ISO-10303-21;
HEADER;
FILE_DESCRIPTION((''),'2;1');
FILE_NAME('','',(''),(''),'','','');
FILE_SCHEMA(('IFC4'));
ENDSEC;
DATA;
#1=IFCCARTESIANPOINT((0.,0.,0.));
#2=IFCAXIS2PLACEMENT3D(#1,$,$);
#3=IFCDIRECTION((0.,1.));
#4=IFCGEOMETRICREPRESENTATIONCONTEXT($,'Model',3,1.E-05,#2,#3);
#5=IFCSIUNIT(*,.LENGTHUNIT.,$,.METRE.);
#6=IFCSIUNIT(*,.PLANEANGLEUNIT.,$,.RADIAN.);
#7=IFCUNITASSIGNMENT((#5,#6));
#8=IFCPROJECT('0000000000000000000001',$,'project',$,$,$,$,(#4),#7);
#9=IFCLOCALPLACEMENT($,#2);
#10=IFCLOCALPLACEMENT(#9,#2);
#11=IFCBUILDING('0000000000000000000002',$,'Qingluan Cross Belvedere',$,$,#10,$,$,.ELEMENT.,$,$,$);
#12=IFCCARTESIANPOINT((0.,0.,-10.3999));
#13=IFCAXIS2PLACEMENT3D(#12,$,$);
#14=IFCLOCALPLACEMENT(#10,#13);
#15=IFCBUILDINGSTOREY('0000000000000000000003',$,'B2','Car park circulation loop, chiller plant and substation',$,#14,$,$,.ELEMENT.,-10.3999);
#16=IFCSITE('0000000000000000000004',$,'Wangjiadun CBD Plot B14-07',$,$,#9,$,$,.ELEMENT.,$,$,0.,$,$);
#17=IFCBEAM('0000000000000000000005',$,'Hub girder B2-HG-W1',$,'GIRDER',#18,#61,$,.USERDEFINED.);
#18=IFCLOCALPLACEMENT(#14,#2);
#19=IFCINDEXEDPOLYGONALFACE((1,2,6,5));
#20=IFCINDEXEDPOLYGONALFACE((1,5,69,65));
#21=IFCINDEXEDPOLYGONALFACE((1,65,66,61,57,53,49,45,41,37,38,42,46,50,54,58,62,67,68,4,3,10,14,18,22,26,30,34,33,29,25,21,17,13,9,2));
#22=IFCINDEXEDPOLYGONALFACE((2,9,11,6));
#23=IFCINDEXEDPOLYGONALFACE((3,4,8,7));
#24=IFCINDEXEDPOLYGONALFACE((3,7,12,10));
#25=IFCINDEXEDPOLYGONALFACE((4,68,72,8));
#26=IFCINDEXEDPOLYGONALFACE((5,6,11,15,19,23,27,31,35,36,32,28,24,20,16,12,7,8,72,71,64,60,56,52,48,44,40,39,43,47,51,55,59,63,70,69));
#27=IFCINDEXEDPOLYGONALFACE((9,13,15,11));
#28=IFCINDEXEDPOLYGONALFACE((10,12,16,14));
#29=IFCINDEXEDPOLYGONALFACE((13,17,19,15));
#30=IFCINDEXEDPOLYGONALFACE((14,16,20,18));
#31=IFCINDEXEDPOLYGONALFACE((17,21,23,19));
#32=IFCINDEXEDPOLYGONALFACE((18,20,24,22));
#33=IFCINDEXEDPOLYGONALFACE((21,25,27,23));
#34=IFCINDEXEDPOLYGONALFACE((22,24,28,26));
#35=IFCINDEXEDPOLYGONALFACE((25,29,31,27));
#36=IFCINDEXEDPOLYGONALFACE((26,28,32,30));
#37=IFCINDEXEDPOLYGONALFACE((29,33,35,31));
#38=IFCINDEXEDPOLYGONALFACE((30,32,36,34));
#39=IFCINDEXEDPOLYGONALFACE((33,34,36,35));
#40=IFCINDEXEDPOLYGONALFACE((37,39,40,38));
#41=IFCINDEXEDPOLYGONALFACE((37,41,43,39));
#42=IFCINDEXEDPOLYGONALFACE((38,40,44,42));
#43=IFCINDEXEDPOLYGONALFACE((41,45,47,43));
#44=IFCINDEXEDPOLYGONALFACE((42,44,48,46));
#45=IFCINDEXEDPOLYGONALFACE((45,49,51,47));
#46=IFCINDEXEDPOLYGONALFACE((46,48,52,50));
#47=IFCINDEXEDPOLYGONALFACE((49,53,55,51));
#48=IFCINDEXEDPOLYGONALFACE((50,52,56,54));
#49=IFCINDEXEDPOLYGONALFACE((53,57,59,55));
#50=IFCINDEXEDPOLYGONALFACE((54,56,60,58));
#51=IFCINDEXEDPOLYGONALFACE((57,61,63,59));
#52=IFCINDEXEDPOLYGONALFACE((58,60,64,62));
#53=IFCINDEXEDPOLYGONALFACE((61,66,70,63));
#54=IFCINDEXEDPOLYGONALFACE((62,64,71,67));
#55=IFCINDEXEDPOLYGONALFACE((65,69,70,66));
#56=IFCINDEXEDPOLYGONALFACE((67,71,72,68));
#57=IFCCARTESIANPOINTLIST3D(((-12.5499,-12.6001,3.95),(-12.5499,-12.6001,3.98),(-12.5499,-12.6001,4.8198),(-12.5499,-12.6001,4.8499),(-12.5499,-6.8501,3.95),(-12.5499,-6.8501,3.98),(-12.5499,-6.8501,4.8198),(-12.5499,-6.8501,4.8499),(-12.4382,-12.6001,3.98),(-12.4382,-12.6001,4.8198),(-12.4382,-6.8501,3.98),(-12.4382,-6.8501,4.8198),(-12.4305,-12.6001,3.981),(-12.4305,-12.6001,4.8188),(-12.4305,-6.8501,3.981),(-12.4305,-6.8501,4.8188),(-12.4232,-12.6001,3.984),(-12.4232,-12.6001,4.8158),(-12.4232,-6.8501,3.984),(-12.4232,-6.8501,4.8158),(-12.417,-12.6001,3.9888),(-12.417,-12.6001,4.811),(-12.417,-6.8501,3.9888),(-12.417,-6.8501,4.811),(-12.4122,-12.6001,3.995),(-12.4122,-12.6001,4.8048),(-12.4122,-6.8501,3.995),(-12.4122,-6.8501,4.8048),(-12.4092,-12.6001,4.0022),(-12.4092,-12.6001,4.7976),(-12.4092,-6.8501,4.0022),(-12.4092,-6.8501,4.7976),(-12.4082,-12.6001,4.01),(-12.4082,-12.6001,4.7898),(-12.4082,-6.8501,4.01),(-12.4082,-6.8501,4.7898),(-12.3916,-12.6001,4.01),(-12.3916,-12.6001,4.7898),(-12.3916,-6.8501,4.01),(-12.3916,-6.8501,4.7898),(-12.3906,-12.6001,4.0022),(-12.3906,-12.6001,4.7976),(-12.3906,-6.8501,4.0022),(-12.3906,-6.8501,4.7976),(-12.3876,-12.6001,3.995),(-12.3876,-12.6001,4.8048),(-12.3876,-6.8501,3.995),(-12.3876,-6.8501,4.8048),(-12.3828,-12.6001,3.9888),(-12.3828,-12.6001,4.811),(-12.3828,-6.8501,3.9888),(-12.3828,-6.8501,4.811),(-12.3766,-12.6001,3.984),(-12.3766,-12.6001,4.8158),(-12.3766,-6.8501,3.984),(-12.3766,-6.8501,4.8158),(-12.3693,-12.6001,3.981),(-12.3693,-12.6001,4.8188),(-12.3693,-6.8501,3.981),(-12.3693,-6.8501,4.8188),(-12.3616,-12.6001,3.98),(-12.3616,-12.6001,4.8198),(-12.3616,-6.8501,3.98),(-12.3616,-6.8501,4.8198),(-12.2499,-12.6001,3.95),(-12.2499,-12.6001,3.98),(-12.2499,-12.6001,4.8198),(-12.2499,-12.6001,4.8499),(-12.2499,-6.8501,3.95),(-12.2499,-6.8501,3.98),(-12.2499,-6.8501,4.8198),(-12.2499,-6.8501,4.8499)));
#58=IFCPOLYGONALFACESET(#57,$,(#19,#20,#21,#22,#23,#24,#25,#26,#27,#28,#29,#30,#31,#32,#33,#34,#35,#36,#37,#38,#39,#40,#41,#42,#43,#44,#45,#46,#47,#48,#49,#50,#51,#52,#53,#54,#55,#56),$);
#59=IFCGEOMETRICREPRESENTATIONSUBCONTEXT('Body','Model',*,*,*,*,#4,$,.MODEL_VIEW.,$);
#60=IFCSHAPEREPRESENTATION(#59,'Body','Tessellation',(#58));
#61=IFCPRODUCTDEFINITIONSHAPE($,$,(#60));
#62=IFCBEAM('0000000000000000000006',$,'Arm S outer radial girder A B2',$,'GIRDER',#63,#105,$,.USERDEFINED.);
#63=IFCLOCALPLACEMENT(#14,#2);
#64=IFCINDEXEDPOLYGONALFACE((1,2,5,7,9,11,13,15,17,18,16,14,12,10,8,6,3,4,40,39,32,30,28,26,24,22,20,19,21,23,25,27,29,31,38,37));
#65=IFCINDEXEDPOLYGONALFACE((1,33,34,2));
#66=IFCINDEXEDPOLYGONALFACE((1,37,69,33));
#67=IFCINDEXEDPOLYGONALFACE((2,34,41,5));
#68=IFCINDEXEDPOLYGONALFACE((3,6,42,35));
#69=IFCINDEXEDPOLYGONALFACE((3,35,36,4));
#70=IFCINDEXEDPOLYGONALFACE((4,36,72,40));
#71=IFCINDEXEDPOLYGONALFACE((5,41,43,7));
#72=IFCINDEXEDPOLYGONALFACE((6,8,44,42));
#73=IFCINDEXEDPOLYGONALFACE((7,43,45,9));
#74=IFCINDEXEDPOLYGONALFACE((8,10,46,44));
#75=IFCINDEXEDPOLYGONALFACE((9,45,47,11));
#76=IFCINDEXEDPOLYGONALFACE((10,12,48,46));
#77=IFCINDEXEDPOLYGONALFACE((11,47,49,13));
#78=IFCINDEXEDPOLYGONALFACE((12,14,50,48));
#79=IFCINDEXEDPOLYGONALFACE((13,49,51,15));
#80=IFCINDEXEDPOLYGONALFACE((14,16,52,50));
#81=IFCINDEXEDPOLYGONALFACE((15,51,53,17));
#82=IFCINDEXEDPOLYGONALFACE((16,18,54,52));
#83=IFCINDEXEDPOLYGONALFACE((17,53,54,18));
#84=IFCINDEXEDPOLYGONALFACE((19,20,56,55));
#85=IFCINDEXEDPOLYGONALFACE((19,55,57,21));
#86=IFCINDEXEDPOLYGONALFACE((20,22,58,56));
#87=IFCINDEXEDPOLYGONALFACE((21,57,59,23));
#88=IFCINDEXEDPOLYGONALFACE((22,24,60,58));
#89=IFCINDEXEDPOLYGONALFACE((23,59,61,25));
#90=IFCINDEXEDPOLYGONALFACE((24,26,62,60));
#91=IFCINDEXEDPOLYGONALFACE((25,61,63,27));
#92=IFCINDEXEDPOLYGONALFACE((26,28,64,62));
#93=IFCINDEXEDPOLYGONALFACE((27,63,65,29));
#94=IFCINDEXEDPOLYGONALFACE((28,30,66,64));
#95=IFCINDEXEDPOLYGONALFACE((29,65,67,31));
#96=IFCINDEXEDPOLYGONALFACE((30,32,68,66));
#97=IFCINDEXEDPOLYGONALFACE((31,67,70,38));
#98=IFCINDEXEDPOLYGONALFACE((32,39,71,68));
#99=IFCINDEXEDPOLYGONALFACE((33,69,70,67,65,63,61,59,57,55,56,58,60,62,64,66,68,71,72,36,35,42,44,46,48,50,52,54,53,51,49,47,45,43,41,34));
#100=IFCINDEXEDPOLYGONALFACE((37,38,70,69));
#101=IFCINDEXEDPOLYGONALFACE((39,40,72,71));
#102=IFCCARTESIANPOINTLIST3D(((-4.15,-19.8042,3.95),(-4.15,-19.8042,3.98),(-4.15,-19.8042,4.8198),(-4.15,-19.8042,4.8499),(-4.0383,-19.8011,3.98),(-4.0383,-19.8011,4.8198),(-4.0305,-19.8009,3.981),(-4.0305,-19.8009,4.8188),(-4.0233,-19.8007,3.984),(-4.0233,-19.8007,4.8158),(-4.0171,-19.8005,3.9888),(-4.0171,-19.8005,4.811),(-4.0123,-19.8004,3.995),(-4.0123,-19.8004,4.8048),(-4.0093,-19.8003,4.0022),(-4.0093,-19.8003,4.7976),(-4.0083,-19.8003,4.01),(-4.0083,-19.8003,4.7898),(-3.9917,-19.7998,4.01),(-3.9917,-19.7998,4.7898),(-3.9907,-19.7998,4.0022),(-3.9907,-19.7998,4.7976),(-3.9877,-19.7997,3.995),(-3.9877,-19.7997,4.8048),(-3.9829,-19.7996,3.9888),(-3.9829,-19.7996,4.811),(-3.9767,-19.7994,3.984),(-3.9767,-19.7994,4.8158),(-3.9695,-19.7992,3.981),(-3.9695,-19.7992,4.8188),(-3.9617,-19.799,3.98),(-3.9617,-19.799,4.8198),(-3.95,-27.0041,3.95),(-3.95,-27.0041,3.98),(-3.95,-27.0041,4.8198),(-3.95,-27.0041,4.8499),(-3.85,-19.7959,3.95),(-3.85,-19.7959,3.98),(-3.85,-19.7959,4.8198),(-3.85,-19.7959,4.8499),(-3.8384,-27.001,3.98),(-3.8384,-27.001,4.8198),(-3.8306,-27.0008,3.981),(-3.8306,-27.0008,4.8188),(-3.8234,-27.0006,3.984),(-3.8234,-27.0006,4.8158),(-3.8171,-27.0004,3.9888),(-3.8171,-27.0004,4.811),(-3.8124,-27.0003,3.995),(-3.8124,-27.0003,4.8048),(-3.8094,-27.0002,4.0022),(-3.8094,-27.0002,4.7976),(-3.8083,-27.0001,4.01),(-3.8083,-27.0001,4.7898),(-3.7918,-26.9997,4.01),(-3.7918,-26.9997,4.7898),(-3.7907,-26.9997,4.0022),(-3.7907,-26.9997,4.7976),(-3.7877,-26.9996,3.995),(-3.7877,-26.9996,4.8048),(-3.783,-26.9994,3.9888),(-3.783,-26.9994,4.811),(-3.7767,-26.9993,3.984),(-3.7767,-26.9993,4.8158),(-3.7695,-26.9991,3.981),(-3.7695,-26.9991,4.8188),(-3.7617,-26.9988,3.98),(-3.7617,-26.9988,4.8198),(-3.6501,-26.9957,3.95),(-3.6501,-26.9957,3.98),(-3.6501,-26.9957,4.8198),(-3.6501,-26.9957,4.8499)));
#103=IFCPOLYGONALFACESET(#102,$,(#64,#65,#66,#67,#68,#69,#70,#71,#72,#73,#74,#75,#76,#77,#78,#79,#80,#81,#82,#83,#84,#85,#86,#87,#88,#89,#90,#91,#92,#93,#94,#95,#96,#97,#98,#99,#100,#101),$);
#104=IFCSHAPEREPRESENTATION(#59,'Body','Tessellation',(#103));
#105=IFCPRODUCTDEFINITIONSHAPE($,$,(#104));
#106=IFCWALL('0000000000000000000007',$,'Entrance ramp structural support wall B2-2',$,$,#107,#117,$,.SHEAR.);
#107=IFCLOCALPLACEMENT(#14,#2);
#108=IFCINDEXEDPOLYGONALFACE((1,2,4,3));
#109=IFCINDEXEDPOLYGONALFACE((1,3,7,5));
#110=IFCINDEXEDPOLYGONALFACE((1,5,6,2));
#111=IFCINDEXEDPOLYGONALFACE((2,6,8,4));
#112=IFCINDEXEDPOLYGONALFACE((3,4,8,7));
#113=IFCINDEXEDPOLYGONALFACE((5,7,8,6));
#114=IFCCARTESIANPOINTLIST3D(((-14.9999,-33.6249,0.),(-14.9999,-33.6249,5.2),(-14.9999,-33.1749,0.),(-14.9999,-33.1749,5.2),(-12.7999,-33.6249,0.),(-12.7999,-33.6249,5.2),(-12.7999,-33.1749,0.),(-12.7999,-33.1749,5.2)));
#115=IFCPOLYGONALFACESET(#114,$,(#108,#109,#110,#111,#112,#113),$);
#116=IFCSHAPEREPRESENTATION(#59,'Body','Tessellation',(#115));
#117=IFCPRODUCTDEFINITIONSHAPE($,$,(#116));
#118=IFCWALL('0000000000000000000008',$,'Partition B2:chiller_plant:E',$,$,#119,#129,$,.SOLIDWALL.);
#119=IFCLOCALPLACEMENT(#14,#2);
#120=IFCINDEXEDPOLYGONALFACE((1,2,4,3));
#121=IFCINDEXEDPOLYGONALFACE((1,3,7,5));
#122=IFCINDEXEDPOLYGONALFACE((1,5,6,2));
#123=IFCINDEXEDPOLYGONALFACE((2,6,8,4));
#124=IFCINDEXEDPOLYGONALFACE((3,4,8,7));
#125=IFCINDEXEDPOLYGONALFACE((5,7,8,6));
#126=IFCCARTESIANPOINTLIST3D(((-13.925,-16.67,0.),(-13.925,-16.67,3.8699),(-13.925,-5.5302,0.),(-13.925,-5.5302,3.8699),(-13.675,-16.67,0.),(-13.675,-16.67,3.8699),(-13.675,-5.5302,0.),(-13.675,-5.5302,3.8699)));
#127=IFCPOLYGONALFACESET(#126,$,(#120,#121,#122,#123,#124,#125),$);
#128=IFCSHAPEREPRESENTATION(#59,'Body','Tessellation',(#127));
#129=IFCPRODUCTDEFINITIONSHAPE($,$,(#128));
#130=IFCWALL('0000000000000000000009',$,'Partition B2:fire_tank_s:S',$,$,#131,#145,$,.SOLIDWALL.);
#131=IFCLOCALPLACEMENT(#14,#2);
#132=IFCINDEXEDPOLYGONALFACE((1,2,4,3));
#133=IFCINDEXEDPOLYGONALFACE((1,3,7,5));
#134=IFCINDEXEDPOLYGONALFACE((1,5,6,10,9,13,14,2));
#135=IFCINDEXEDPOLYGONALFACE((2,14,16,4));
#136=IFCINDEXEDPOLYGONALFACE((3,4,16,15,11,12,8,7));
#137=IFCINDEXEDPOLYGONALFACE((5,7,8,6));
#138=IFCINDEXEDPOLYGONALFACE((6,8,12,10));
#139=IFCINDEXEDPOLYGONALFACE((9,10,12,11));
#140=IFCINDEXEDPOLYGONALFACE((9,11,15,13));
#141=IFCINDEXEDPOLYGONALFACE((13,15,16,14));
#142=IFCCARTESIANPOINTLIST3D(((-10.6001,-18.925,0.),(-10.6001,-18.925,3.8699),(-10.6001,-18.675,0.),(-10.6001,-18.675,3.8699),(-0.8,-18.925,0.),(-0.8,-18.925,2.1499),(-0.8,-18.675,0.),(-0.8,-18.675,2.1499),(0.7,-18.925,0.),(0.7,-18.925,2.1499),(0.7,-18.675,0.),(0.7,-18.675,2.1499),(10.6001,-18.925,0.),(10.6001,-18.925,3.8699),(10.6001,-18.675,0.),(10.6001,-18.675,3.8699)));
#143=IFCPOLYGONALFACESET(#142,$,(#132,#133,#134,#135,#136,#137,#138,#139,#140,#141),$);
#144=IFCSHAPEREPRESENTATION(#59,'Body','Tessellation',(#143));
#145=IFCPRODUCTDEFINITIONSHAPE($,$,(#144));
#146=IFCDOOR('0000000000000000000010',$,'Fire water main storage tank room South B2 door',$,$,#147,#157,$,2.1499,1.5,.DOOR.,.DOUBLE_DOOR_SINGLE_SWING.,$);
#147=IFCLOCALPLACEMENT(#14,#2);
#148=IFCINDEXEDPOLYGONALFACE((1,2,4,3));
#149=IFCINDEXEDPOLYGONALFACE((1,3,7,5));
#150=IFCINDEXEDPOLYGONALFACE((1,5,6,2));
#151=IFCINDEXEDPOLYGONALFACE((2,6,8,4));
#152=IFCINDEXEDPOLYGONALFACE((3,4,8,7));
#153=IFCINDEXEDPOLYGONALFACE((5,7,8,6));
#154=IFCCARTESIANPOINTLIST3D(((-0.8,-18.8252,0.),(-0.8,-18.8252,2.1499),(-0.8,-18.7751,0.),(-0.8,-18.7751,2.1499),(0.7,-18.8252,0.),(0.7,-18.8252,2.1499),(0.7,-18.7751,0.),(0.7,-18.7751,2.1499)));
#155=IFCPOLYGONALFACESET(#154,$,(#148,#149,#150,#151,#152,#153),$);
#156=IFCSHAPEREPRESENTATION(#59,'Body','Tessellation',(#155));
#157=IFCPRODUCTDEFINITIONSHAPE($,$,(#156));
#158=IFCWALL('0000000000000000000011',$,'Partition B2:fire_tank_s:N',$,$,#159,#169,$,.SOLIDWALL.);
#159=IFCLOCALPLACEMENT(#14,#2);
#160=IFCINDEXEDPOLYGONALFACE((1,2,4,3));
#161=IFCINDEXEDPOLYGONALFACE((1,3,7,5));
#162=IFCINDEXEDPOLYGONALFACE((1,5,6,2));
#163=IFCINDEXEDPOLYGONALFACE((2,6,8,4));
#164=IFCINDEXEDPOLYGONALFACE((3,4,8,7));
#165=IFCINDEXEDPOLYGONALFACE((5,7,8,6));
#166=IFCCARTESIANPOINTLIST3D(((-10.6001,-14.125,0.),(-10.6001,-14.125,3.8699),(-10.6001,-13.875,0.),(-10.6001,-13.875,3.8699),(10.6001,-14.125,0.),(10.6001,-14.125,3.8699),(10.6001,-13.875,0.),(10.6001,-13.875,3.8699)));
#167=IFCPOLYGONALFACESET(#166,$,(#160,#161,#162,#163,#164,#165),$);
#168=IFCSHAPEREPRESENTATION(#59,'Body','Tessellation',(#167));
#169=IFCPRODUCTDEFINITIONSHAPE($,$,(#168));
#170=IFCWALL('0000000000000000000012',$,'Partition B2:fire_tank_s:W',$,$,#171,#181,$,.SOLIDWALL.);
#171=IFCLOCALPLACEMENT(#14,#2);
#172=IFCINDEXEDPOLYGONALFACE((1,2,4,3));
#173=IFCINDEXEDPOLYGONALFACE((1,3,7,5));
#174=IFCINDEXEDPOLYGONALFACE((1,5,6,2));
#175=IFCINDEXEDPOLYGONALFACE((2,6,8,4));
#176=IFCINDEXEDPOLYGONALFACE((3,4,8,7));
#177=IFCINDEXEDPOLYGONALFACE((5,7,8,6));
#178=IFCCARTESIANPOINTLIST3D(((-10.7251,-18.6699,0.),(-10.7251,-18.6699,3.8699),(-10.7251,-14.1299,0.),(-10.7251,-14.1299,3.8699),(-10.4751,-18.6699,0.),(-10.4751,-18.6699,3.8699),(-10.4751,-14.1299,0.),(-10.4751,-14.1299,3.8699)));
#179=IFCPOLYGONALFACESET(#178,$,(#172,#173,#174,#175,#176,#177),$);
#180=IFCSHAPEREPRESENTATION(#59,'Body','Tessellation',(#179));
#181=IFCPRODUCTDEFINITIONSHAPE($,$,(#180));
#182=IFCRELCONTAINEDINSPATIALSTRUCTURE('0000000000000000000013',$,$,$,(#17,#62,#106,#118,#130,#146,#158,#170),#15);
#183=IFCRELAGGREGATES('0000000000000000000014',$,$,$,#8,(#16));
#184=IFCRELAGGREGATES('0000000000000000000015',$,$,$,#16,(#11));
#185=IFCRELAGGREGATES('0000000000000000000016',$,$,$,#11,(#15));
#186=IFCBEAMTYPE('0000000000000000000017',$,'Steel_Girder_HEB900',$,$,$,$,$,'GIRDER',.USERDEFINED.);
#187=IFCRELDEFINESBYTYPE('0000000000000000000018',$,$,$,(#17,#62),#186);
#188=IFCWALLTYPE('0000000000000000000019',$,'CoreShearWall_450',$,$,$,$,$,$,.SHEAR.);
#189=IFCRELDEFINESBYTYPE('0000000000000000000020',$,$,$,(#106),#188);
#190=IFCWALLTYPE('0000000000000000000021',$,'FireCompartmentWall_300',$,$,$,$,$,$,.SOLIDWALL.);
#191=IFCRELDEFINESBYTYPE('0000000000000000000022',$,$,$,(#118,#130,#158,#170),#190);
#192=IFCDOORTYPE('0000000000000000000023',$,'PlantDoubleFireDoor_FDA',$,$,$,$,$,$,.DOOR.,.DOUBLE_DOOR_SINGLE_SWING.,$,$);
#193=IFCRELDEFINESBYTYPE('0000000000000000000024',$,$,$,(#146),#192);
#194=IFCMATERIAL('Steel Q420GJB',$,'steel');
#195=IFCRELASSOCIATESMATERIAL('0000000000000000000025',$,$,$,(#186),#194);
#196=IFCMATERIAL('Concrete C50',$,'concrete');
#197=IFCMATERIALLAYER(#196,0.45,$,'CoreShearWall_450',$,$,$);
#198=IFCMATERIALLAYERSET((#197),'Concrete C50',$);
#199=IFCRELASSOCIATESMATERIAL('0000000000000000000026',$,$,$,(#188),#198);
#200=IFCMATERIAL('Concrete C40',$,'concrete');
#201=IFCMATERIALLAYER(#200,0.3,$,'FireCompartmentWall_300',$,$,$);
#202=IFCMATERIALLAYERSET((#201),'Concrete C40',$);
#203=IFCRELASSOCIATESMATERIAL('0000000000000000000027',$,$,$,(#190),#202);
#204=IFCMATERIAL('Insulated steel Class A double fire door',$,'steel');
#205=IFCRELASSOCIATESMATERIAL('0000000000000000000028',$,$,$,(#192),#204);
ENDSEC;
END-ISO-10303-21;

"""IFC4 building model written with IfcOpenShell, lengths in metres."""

from ifc_helpers import new_model, si_unit, direction, frame, frame_2d, origin, origin_2d, place, context, subcontext, project, spatial, rectangle, i_section, extrude, material, layer, layer_set, material_profile, profile_set, type_object, element, fill, save


model = new_model("IFC4")

# Units and contexts
model_context = context("Model", 3, precision=1e-05, world=origin(), true_north=direction((0.0, 1.0)))
body_context = subcontext(model_context, "Body", "Model", "MODEL_VIEW")
ifc_project = project(units=[si_unit("LENGTHUNIT", "METRE"), si_unit("PLANEANGLEUNIT", "RADIAN")], contexts=[model_context])

# Site, building, storey
site_placement = place(None, origin())
site = spatial("IfcSite", under=ifc_project, at=site_placement, Name="Wangjiadun CBD Plot B14-07", CompositionType="ELEMENT", RefElevation=0.0)
building_placement = place(site_placement, origin())
building = spatial("IfcBuilding", under=site, at=building_placement, Name="Qingluan Cross Belvedere", CompositionType="ELEMENT")
storey_placement = place(building_placement, frame((0.0, 0.0, -10.3999)))
storey = spatial("IfcBuildingStorey", under=building, at=storey_placement, Name="B2", Description="Car park circulation loop, chiller plant and substation", CompositionType="ELEMENT", Elevation=-10.3999)

# Beams
ifc_material_1 = material(Name="Steel Q420GJB", Category="steel")
ifc_material_profile_1 = material_profile(ifc_material_1, i_section(OverallWidth=0.3, OverallDepth=0.8999, WebThickness=0.0166, FlangeThickness=0.03, FilletRadius=0.03, at=origin_2d()), Name="HEB900")
ifc_profile_set_1 = profile_set([ifc_material_profile_1], Name="Steel Q420GJB")
beam_type_1 = type_object("IfcBeamType", Name="Steel_Girder_HEB900", ElementType="GIRDER", PredefinedType="USERDEFINED", material=ifc_profile_set_1)
beam_1_placement = place(storey_placement, frame((-12.3999, -12.6001, 4.3999), z_axis=(0.0, 1.0, 0.0), x_axis=(-1.0, 0.0, 0.0)))
element("IfcBeam", 1, at=beam_1_placement, inside=storey, type_object=beam_type_1, Name="Hub girder B2-HG-W1", ObjectType="GIRDER", PredefinedType="USERDEFINED", context=body_context, shape_type="SweptSolid", body=[
    extrude(i_section(OverallWidth=0.3, OverallDepth=0.8999, WebThickness=0.0166, FlangeThickness=0.03, FilletRadius=0.03, at=origin_2d()), origin(), (0.0, 0.0, 1.0), 5.75),
])
beam_2_placement = place(storey_placement, frame((-4.0, -19.8, 4.3999), z_axis=(0.02776, -0.999615, 0.0), x_axis=(0.999615, 0.02776, 0.0)))
element("IfcBeam", 2, at=beam_2_placement, inside=storey, type_object=beam_type_1, Name="Arm S outer radial girder A B2", ObjectType="GIRDER", PredefinedType="USERDEFINED", context=body_context, shape_type="SweptSolid", body=[
    extrude(i_section(OverallWidth=0.3, OverallDepth=0.8999, WebThickness=0.0166, FlangeThickness=0.03, FilletRadius=0.03, at=origin_2d()), origin(), (0.0, 0.0, 1.0), 7.2026),
])

# Walls
ifc_material_2 = material(Name="Concrete C50", Category="concrete")
ifc_layer_1 = layer(ifc_material_2, 0.45, Name="CoreShearWall_450")
ifc_layer_set_1 = layer_set([ifc_layer_1], Name="Concrete C50")
wall_type_1 = type_object("IfcWallType", Name="CoreShearWall_450", PredefinedType="SHEAR", material=ifc_layer_set_1)
wall_1_placement = place(storey_placement, frame((-15.0, -33.3999, 0.0), z_axis=(0.0, 0.0, 1.0), x_axis=(1.0, 0.0, 0.0)))
element("IfcWall", 3, at=wall_1_placement, inside=storey, type_object=wall_type_1, Name="Entrance ramp structural support wall B2-2", PredefinedType="SHEAR", context=body_context, shape_type="SweptSolid", body=[
    extrude(rectangle(XDim=2.2, YDim=0.45, at=frame_2d((1.1001, 0.0))), origin(), (0.0, 0.0, 1.0), 5.2),
])
ifc_material_3 = material(Name="Concrete C40", Category="concrete")
ifc_layer_2 = layer(ifc_material_3, 0.3, Name="FireCompartmentWall_300")
ifc_layer_set_2 = layer_set([ifc_layer_2], Name="Concrete C40")
wall_type_2 = type_object("IfcWallType", Name="FireCompartmentWall_300", PredefinedType="SOLIDWALL", material=ifc_layer_set_2)
wall_2_placement = place(storey_placement, frame((-13.8, -16.6699, 0.0), z_axis=(0.0, 0.0, 1.0), x_axis=(0.0, 1.0, 0.0)))
element("IfcWall", 4, at=wall_2_placement, inside=storey, type_object=wall_type_2, Name="Partition B2:chiller_plant:E", PredefinedType="SOLIDWALL", context=body_context, shape_type="SweptSolid", body=[
    extrude(rectangle(XDim=11.1399, YDim=0.25, at=frame_2d((5.5698, 0.0))), origin(), (0.0, 0.0, 1.0), 3.8699),
])

# Wall, opening, door
wall_3_placement = place(storey_placement, frame((-10.6001, -18.8, 0.0), z_axis=(0.0, 0.0, 1.0), x_axis=(1.0, 0.0, 0.0)))
wall_3 = element("IfcWall", 5, at=wall_3_placement, inside=storey, type_object=wall_type_2, Name="Partition B2:fire_tank_s:S", PredefinedType="SOLIDWALL", context=body_context, shape_type="SweptSolid", body=[
    extrude(rectangle(XDim=21.2002, YDim=0.25, at=frame_2d((10.6001, 0.0))), origin(), (0.0, 0.0, 1.0), 3.8699),
])
opening_placement = place(wall_3_placement, frame((9.8, 0.0, 0.0)))
opening = element("IfcOpeningElement", 6, at=opening_placement, cuts=wall_3, PredefinedType="OPENING", context=body_context, shape_type="SweptSolid", body=[
    extrude(rectangle(XDim=1.5, YDim=2.1499, at=frame_2d((0.75, 1.075))), frame((0.0, 0.135, 0.0), z_axis=(0.0, -1.0, 0.0), x_axis=(1.0, 0.0, 0.0)), (0.0, 0.0, 1.0), 0.27),
])
ifc_material_4 = material(Name="Insulated steel Class A double fire door", Category="steel")
door_type = type_object("IfcDoorType", Name="PlantDoubleFireDoor_FDA", OperationType="DOUBLE_DOOR_SINGLE_SWING", PredefinedType="DOOR", material=ifc_material_4)
door_placement = place(opening_placement, origin())
door = element("IfcDoor", 7, at=door_placement, inside=storey, type_object=door_type, Name="Fire water main storage tank room South B2 door", OperationType="DOUBLE_DOOR_SINGLE_SWING", OverallHeight=2.1499, OverallWidth=1.5, PredefinedType="DOOR", context=body_context, shape_type="SweptSolid", body=[
    extrude(rectangle(XDim=1.5, YDim=2.1499, at=frame_2d((0.75, 1.075))), frame((0.0, 0.0249, 0.0), z_axis=(0.0, -1.0, 0.0), x_axis=(1.0, 0.0, 0.0)), (0.0, 0.0, 1.0), 0.05),
])
fill(opening, door)

# Walls
wall_4_placement = place(storey_placement, frame((-10.6001, -14.0, 0.0), z_axis=(0.0, 0.0, 1.0), x_axis=(1.0, 0.0, 0.0)))
element("IfcWall", 8, at=wall_4_placement, inside=storey, type_object=wall_type_2, Name="Partition B2:fire_tank_s:N", PredefinedType="SOLIDWALL", context=body_context, shape_type="SweptSolid", body=[
    extrude(rectangle(XDim=21.2002, YDim=0.25, at=frame_2d((10.6001, 0.0))), origin(), (0.0, 0.0, 1.0), 3.8699),
])
wall_5_placement = place(storey_placement, frame((-10.6001, -18.6699, 0.0), z_axis=(0.0, 0.0, 1.0), x_axis=(0.0, 1.0, 0.0)))
element("IfcWall", 9, at=wall_5_placement, inside=storey, type_object=wall_type_2, Name="Partition B2:fire_tank_s:W", PredefinedType="SOLIDWALL", context=body_context, shape_type="SweptSolid", body=[
    extrude(rectangle(XDim=4.54, YDim=0.25, at=frame_2d((2.27, 0.0))), origin(), (0.0, 0.0, 1.0), 3.8699),
])

save(model, "model.ifc")
